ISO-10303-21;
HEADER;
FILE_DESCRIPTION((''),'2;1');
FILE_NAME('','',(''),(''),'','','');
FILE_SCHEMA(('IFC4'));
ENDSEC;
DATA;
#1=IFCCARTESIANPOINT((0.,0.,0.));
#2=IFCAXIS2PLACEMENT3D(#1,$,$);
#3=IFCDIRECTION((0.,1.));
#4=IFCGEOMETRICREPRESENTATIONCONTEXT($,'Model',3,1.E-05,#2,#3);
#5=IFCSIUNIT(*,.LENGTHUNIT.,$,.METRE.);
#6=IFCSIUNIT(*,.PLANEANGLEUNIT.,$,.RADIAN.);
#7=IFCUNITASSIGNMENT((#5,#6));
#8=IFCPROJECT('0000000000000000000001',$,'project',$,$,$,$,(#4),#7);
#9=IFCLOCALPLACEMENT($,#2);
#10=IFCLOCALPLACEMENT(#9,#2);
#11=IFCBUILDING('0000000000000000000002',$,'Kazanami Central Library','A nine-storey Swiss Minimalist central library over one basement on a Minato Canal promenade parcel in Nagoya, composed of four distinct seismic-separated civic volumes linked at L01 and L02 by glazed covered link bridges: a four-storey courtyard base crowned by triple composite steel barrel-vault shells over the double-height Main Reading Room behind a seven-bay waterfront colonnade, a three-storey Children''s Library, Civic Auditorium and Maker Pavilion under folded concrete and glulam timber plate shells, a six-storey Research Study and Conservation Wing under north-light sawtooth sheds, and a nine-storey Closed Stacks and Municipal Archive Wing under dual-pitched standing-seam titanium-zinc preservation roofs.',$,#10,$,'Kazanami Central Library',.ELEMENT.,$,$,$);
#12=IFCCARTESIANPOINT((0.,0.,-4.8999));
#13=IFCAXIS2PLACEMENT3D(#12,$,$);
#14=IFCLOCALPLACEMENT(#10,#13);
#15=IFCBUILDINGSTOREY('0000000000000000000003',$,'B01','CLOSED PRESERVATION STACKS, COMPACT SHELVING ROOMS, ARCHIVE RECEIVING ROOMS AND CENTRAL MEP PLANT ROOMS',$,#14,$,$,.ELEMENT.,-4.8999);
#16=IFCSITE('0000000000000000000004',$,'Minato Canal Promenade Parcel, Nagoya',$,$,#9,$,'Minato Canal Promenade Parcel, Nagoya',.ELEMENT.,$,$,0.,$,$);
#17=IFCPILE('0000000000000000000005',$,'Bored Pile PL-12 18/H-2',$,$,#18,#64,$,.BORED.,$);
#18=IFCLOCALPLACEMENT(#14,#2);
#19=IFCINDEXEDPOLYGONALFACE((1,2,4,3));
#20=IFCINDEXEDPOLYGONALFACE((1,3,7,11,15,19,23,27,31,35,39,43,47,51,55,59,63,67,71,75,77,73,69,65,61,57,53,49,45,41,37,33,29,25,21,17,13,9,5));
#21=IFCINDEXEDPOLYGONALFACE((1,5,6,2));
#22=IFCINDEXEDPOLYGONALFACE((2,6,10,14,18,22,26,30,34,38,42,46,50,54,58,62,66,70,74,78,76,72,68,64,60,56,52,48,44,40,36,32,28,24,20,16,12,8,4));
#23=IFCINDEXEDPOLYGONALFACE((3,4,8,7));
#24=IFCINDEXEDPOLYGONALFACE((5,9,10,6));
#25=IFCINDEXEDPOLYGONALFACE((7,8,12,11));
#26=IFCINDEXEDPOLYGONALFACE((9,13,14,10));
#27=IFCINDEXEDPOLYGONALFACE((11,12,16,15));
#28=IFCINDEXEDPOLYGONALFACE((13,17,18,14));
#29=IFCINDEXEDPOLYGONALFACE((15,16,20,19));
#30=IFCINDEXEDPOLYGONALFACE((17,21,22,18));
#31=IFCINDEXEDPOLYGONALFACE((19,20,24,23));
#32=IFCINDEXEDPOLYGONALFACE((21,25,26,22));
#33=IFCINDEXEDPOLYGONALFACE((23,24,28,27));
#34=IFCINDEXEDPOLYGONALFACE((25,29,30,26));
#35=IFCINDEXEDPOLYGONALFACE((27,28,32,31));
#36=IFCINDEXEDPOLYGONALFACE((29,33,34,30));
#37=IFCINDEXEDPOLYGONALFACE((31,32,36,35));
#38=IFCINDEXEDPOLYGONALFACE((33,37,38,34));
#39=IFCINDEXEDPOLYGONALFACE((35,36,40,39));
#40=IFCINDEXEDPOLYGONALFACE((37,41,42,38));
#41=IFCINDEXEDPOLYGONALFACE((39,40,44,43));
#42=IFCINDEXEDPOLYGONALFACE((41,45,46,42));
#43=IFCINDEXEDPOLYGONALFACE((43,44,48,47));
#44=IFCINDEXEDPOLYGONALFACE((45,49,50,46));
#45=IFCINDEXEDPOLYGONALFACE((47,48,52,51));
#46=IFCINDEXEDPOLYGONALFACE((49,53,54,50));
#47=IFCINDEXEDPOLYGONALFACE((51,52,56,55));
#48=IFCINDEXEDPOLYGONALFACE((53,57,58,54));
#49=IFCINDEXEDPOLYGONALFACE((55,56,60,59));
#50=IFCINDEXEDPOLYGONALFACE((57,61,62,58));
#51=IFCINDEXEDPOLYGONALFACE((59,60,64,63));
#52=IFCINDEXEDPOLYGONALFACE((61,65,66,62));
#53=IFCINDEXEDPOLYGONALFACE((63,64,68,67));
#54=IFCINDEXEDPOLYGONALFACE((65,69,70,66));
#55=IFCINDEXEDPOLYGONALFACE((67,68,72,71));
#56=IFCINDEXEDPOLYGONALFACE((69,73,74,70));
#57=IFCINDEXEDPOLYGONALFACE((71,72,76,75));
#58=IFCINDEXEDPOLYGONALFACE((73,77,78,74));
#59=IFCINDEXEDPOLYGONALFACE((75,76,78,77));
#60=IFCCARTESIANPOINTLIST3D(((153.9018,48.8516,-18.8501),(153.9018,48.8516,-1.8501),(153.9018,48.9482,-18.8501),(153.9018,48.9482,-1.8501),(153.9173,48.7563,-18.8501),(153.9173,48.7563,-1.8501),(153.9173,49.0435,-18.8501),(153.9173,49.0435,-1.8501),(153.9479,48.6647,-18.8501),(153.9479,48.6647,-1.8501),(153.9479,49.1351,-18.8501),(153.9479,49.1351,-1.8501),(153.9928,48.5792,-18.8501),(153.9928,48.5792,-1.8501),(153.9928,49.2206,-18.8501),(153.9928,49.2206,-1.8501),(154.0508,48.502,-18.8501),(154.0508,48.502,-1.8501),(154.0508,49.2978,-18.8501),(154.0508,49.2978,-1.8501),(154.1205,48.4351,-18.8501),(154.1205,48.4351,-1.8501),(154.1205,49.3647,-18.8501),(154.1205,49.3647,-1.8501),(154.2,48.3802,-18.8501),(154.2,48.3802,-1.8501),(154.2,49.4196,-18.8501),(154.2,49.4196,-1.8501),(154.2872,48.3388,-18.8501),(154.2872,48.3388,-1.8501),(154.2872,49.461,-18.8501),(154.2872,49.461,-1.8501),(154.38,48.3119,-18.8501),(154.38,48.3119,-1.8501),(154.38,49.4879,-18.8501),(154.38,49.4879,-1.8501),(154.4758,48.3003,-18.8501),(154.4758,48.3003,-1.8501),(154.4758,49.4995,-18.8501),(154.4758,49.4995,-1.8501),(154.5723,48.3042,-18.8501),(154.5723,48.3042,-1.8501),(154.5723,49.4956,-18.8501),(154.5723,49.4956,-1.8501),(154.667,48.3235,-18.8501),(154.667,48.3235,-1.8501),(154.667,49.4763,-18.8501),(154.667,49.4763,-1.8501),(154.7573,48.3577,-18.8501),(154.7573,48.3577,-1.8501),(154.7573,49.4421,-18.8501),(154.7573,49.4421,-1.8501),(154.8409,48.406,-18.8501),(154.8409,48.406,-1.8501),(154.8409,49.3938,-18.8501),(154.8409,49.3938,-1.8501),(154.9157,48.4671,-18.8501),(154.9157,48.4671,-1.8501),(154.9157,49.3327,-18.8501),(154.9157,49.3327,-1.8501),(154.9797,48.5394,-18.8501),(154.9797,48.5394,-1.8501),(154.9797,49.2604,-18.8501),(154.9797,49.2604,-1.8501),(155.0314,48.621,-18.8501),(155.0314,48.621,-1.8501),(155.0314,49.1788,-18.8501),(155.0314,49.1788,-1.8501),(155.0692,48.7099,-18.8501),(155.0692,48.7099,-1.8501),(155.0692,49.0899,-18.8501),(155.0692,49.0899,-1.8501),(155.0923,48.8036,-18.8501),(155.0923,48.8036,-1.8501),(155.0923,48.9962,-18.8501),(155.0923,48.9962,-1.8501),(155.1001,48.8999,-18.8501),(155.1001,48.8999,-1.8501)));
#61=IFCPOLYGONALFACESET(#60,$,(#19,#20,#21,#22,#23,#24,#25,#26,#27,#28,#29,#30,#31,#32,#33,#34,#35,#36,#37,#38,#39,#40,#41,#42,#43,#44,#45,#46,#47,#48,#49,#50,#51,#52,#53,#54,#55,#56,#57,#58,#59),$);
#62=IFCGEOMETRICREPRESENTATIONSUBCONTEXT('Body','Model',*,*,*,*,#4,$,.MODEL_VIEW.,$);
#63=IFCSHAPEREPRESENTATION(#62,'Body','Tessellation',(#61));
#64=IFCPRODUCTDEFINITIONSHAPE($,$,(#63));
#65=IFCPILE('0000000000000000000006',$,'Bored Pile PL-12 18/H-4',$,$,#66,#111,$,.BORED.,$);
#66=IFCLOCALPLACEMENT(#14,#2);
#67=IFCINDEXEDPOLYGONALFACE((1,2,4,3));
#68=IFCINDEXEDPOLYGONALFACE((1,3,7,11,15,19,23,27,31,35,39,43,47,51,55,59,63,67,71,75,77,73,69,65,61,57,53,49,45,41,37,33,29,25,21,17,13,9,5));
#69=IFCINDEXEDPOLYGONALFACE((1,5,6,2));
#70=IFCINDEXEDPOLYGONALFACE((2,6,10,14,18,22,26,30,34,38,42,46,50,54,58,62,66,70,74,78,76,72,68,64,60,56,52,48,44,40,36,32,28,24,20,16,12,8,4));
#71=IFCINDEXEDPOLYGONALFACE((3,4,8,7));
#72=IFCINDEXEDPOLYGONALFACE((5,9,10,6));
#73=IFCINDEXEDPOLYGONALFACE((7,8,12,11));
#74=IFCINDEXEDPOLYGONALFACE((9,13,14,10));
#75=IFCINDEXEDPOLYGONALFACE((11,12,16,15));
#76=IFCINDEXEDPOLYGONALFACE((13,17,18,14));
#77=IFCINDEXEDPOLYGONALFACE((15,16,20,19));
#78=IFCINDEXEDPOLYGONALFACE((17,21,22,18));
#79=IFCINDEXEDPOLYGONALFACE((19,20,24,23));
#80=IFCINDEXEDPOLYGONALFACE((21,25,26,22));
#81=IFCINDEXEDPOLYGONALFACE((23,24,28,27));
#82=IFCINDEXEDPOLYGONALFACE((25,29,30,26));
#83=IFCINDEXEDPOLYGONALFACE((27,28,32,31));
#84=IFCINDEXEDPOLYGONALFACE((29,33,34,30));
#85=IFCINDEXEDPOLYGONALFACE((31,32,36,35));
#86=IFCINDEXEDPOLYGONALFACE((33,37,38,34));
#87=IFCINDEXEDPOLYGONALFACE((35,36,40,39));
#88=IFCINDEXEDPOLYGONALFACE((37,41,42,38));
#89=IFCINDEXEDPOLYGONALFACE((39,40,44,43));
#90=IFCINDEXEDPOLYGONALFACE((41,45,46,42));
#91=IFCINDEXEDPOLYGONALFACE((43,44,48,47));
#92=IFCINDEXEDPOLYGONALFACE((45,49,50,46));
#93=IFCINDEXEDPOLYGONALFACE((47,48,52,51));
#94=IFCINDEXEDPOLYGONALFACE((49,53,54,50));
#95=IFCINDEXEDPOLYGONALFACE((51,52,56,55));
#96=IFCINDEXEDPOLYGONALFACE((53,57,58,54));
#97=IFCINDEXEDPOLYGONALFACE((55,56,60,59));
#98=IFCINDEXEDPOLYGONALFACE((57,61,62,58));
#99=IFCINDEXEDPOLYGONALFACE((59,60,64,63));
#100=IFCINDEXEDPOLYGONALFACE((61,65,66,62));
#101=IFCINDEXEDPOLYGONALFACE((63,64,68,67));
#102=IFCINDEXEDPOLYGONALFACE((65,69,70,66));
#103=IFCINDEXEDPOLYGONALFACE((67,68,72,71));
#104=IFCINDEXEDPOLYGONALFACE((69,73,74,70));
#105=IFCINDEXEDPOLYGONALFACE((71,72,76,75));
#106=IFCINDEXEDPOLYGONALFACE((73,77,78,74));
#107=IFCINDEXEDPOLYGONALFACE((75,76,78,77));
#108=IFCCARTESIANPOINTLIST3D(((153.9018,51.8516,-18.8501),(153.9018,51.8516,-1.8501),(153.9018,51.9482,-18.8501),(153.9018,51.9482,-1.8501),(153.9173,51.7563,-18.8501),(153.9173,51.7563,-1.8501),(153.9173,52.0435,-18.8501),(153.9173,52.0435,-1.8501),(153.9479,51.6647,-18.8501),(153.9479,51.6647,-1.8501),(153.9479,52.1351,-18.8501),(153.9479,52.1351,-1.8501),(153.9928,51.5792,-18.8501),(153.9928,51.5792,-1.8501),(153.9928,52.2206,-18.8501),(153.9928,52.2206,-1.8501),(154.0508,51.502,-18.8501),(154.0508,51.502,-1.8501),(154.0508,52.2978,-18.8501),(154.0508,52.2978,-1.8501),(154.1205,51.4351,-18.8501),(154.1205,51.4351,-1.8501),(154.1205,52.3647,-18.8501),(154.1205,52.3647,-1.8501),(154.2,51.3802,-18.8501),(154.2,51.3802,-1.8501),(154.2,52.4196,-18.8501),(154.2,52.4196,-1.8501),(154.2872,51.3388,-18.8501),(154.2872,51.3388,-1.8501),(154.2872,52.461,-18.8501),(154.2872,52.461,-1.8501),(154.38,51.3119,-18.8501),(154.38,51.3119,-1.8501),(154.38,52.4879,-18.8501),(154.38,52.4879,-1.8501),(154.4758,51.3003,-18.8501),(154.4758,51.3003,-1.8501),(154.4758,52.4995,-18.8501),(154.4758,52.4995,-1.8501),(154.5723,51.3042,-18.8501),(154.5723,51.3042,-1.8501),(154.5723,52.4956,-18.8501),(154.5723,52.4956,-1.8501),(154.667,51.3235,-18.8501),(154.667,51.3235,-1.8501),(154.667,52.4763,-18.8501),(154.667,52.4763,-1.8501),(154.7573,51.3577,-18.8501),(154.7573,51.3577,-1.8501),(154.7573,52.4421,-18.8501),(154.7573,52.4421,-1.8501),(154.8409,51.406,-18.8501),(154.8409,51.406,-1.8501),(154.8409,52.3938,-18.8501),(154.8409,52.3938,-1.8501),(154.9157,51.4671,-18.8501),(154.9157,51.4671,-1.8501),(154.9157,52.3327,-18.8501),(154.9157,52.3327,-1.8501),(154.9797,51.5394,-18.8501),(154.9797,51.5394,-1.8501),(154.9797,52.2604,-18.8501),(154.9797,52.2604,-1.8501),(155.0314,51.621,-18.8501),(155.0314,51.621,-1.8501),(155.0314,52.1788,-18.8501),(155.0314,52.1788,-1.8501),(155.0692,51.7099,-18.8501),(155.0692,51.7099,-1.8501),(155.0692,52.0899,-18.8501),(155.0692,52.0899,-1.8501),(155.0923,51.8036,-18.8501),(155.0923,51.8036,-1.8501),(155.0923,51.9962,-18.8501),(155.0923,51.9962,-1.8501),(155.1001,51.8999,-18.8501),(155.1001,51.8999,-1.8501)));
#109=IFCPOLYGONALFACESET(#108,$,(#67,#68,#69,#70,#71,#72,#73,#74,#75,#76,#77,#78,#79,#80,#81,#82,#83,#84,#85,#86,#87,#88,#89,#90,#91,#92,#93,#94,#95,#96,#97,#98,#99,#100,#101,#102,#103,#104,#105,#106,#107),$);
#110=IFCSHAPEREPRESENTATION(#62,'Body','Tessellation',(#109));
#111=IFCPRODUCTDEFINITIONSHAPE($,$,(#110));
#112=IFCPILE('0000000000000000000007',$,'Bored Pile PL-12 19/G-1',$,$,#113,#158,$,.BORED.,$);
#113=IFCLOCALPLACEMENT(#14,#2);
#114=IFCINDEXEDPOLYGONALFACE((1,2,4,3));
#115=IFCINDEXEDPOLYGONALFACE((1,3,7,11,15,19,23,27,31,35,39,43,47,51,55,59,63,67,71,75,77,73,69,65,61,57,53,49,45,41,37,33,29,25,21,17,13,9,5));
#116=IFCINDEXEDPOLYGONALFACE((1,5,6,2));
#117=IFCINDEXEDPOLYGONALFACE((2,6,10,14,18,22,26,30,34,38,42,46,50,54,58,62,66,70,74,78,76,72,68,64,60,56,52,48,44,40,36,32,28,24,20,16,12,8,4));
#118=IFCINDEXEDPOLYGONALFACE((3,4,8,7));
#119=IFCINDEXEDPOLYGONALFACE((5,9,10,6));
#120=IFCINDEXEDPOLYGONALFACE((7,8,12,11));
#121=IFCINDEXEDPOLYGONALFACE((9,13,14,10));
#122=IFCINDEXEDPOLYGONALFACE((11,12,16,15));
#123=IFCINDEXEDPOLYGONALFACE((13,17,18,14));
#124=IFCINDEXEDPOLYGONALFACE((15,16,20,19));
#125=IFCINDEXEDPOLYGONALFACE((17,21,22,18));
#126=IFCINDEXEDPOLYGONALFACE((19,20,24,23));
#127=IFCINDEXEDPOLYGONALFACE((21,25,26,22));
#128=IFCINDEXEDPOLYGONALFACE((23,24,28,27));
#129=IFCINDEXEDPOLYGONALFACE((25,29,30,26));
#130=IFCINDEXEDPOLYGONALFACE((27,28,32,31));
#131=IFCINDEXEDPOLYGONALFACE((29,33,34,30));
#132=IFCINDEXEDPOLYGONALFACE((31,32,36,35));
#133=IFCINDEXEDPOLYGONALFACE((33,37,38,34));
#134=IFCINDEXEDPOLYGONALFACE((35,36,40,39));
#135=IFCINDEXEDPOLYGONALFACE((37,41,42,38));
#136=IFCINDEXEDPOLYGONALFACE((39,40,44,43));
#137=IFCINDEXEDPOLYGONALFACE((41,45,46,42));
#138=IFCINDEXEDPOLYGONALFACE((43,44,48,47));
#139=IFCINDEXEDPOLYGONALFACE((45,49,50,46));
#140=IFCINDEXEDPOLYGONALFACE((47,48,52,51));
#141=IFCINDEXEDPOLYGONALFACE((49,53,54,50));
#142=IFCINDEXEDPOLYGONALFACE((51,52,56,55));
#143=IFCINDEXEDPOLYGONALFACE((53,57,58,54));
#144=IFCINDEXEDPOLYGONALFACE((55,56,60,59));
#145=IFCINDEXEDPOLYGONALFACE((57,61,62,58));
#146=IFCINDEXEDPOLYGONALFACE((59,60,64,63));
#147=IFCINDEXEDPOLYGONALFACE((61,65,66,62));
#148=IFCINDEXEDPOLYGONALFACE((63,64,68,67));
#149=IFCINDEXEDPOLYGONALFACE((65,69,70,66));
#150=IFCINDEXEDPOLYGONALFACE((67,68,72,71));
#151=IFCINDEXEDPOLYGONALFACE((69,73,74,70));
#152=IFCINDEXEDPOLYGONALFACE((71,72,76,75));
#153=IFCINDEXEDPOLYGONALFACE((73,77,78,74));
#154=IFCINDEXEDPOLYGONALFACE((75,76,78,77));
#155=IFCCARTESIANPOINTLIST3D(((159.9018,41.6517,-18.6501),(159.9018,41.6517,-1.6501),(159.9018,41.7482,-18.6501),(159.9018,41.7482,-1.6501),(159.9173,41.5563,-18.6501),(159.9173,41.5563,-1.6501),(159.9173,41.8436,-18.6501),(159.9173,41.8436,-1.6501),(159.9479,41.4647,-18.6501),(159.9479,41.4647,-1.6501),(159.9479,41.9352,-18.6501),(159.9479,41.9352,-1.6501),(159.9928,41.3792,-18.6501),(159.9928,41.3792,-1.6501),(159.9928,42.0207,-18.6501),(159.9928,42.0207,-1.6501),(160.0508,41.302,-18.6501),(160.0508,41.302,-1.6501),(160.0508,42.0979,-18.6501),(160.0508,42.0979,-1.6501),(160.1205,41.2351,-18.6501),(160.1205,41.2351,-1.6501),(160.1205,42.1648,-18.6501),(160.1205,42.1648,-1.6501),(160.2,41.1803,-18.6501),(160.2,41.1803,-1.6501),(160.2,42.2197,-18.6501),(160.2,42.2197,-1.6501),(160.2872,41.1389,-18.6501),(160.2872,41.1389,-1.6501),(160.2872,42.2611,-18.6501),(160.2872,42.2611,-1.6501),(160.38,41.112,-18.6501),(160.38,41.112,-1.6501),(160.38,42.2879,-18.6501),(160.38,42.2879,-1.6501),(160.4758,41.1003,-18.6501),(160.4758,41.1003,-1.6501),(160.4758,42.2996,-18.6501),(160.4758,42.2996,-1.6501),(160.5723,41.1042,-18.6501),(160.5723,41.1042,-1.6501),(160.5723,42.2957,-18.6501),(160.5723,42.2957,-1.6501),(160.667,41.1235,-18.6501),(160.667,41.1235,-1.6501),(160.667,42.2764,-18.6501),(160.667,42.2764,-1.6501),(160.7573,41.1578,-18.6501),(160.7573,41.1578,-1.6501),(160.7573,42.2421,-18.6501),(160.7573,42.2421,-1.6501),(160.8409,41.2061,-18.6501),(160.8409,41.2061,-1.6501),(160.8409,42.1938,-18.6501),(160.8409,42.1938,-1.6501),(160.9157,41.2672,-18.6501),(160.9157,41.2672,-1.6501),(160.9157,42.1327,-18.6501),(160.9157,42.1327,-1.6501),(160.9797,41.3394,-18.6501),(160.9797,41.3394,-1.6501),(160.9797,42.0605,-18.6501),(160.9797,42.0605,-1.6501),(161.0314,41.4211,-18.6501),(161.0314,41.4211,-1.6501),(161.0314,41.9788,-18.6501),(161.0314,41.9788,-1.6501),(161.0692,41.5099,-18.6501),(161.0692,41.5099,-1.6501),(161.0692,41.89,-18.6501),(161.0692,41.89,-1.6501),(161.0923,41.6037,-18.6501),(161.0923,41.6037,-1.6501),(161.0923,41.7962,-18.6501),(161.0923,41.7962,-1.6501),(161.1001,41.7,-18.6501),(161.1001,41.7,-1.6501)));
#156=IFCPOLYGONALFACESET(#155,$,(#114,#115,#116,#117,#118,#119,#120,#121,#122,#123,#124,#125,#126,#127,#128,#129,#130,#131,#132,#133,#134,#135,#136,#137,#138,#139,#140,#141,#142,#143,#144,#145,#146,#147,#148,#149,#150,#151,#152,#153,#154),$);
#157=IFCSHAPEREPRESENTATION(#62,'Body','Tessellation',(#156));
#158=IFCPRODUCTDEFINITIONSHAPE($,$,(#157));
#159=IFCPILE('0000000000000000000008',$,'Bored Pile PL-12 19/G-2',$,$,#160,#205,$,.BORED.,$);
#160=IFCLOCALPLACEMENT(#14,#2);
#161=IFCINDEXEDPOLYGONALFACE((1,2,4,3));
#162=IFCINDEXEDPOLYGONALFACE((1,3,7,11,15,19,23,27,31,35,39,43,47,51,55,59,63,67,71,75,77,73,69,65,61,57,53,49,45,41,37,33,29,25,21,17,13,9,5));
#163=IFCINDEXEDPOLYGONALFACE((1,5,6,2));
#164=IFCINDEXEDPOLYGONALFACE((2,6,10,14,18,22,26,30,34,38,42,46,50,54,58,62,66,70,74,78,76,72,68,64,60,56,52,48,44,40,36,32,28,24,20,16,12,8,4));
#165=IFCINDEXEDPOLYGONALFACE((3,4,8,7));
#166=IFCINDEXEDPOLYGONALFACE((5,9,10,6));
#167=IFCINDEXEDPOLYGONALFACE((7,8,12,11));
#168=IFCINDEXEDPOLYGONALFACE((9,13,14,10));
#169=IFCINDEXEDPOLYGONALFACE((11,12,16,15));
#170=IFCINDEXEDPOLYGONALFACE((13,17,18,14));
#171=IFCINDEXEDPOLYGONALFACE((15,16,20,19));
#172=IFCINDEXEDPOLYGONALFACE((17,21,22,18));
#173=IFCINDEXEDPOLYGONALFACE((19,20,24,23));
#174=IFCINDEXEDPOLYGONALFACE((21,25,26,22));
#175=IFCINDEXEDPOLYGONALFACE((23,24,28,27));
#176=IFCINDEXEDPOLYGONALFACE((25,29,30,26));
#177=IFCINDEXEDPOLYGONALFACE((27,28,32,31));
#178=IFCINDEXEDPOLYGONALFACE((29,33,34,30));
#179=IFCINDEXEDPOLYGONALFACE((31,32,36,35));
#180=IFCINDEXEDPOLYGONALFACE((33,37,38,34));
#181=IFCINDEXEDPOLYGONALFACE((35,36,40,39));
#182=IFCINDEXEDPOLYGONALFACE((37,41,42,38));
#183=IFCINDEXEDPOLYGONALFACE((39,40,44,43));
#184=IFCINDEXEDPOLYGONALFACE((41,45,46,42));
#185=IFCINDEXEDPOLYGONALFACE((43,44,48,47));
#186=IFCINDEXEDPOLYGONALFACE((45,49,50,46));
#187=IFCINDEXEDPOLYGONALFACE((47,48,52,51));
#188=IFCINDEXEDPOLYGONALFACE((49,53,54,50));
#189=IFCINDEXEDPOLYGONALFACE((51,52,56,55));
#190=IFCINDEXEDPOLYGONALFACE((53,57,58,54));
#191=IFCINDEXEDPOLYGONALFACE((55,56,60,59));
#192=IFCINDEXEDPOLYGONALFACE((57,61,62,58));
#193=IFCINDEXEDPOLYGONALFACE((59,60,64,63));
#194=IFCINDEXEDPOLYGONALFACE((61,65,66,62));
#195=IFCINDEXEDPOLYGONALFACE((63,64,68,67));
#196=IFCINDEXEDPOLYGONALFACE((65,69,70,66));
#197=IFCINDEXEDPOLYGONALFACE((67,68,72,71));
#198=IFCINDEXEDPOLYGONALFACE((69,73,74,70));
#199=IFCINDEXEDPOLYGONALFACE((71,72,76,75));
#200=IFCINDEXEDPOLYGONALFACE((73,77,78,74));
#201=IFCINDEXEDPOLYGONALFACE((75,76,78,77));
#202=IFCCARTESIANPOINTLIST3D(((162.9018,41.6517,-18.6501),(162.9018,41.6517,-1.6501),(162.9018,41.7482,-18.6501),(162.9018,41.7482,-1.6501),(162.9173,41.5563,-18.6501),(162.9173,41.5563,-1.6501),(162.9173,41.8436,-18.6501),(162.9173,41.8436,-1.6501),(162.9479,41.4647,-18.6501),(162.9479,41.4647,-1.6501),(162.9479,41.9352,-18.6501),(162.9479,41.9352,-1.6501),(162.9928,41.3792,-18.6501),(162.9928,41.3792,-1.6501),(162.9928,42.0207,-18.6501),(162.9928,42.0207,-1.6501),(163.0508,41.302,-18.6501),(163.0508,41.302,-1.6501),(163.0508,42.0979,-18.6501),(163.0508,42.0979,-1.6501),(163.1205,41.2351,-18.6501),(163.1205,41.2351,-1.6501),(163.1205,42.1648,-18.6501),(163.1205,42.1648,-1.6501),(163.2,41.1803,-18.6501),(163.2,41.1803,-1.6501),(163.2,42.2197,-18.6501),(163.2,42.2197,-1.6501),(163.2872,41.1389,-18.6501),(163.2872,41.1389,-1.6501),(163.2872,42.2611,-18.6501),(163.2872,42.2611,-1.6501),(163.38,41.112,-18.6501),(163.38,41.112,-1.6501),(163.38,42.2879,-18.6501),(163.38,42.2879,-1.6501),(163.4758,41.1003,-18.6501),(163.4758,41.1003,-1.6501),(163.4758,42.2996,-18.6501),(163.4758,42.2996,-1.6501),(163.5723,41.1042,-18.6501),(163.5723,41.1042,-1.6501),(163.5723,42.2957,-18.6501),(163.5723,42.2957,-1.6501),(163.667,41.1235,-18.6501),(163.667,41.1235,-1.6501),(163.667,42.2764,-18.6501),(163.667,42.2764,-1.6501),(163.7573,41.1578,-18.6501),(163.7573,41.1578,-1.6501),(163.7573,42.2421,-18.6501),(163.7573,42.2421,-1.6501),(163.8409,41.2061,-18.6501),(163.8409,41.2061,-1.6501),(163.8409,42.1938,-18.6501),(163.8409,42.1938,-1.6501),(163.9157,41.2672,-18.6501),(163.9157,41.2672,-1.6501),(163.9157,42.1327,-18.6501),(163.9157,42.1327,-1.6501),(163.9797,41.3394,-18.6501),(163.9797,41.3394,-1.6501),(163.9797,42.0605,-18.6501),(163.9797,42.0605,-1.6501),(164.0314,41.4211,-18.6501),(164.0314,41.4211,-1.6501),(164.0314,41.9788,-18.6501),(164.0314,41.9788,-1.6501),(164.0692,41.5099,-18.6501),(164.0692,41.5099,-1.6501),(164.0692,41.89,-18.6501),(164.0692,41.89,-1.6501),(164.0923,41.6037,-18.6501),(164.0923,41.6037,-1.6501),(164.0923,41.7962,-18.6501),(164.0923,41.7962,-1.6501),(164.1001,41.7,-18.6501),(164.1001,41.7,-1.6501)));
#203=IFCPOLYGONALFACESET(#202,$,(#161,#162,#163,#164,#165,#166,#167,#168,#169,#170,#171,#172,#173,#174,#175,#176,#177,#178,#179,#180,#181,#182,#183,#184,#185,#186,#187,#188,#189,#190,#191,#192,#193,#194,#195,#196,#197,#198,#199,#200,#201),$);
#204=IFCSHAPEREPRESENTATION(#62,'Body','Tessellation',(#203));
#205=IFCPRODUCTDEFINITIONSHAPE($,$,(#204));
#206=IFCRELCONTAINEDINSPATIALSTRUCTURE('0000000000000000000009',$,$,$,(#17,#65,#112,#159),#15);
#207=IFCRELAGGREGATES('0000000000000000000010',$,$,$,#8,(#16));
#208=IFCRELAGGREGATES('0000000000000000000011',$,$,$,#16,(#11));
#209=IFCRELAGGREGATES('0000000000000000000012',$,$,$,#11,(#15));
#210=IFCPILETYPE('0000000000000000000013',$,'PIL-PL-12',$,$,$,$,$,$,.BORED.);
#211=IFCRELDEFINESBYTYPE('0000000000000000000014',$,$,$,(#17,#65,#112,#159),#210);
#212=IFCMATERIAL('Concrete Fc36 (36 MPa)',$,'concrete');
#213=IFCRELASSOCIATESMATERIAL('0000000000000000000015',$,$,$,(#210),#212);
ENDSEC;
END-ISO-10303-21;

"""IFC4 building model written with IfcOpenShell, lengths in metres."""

from ifc_helpers import new_model, si_unit, direction, frame, origin, origin_2d, place, context, subcontext, project, spatial, circle, extrude, material, material_profile, profile_set, type_object, element, save


model = new_model("IFC4")

# Units and contexts
model_context = context("Model", 3, precision=1e-05, world=origin(), true_north=direction((0.0, 1.0)))
body_context = subcontext(model_context, "Body", "Model", "MODEL_VIEW")
ifc_project = project(units=[si_unit("LENGTHUNIT", "METRE"), si_unit("PLANEANGLEUNIT", "RADIAN")], contexts=[model_context])

# Site, building, storey
site_placement = place(None, origin())
site = spatial("IfcSite", under=ifc_project, at=site_placement, Name="Minato Canal Promenade Parcel, Nagoya", LongName="Minato Canal Promenade Parcel, Nagoya", CompositionType="ELEMENT", RefElevation=0.0)
building_placement = place(site_placement, origin())
building = spatial("IfcBuilding", under=site, at=building_placement, Name="Kazanami Central Library", Description="A nine-storey Swiss Minimalist central library over one basement on a Minato Canal promenade parcel in Nagoya, composed of four distinct seismic-separated civic volumes linked at L01 and L02 by glazed covered link bridges: a four-storey courtyard base crowned by triple composite steel barrel-vault shells over the double-height Main Reading Room behind a seven-bay waterfront colonnade, a three-storey Children's Library, Civic Auditorium and Maker Pavilion under folded concrete and glulam timber plate shells, a six-storey Research Study and Conservation Wing under north-light sawtooth sheds, and a nine-storey Closed Stacks and Municipal Archive Wing under dual-pitched standing-seam titanium-zinc preservation roofs.", LongName="Kazanami Central Library", CompositionType="ELEMENT")
storey_placement = place(building_placement, frame((0.0, 0.0, -4.8999)))
storey = spatial("IfcBuildingStorey", under=building, at=storey_placement, Name="B01", Description="CLOSED PRESERVATION STACKS, COMPACT SHELVING ROOMS, ARCHIVE RECEIVING ROOMS AND CENTRAL MEP PLANT ROOMS", CompositionType="ELEMENT", Elevation=-4.8999)

# Shared definitions
ifc_material_1 = material(Name="Concrete Fc36 (36 MPa)", Category="concrete")

# Piles
ifc_material_profile_1 = material_profile(ifc_material_1, circle(Radius=0.6001, at=origin_2d()), Name="BORED-D1200")
ifc_profile_set_1 = profile_set([ifc_material_profile_1], Name="Concrete Fc36 (36 MPa)")
pile_type = type_object("IfcPileType", Name="PIL-PL-12", PredefinedType="BORED", material=ifc_profile_set_1)
for number, where, z_axis, x_axis, name in (
    (1, (154.5, 48.8999, -1.8501), (0.0, 0.0, -1.0), (1.0, 0.0, 0.0), "Bored Pile PL-12 18/H-2"),
    (2, (154.5, 51.8999, -1.8501), (0.0, 0.0, -1.0), (1.0, 0.0, 0.0), "Bored Pile PL-12 18/H-4"),
    (3, (160.5, 41.7, -1.6501), (0.0, 0.0, -1.0), (1.0, 0.0, 0.0), "Bored Pile PL-12 19/G-1"),
    (4, (163.5, 41.7, -1.6501), (0.0, 0.0, -1.0), (1.0, 0.0, 0.0), "Bored Pile PL-12 19/G-2"),
):
    element("IfcPile", number, at=place(storey_placement, frame(where, z_axis=z_axis, x_axis=x_axis)), inside=storey, type_object=pile_type, Name=name, PredefinedType="BORED", context=body_context, shape_type="SweptSolid", body=[
        extrude(circle(Radius=0.6001, at=origin_2d()), origin(), (0.0, 0.0, 1.0), 17.0),
    ])

save(model, "model.ifc")
